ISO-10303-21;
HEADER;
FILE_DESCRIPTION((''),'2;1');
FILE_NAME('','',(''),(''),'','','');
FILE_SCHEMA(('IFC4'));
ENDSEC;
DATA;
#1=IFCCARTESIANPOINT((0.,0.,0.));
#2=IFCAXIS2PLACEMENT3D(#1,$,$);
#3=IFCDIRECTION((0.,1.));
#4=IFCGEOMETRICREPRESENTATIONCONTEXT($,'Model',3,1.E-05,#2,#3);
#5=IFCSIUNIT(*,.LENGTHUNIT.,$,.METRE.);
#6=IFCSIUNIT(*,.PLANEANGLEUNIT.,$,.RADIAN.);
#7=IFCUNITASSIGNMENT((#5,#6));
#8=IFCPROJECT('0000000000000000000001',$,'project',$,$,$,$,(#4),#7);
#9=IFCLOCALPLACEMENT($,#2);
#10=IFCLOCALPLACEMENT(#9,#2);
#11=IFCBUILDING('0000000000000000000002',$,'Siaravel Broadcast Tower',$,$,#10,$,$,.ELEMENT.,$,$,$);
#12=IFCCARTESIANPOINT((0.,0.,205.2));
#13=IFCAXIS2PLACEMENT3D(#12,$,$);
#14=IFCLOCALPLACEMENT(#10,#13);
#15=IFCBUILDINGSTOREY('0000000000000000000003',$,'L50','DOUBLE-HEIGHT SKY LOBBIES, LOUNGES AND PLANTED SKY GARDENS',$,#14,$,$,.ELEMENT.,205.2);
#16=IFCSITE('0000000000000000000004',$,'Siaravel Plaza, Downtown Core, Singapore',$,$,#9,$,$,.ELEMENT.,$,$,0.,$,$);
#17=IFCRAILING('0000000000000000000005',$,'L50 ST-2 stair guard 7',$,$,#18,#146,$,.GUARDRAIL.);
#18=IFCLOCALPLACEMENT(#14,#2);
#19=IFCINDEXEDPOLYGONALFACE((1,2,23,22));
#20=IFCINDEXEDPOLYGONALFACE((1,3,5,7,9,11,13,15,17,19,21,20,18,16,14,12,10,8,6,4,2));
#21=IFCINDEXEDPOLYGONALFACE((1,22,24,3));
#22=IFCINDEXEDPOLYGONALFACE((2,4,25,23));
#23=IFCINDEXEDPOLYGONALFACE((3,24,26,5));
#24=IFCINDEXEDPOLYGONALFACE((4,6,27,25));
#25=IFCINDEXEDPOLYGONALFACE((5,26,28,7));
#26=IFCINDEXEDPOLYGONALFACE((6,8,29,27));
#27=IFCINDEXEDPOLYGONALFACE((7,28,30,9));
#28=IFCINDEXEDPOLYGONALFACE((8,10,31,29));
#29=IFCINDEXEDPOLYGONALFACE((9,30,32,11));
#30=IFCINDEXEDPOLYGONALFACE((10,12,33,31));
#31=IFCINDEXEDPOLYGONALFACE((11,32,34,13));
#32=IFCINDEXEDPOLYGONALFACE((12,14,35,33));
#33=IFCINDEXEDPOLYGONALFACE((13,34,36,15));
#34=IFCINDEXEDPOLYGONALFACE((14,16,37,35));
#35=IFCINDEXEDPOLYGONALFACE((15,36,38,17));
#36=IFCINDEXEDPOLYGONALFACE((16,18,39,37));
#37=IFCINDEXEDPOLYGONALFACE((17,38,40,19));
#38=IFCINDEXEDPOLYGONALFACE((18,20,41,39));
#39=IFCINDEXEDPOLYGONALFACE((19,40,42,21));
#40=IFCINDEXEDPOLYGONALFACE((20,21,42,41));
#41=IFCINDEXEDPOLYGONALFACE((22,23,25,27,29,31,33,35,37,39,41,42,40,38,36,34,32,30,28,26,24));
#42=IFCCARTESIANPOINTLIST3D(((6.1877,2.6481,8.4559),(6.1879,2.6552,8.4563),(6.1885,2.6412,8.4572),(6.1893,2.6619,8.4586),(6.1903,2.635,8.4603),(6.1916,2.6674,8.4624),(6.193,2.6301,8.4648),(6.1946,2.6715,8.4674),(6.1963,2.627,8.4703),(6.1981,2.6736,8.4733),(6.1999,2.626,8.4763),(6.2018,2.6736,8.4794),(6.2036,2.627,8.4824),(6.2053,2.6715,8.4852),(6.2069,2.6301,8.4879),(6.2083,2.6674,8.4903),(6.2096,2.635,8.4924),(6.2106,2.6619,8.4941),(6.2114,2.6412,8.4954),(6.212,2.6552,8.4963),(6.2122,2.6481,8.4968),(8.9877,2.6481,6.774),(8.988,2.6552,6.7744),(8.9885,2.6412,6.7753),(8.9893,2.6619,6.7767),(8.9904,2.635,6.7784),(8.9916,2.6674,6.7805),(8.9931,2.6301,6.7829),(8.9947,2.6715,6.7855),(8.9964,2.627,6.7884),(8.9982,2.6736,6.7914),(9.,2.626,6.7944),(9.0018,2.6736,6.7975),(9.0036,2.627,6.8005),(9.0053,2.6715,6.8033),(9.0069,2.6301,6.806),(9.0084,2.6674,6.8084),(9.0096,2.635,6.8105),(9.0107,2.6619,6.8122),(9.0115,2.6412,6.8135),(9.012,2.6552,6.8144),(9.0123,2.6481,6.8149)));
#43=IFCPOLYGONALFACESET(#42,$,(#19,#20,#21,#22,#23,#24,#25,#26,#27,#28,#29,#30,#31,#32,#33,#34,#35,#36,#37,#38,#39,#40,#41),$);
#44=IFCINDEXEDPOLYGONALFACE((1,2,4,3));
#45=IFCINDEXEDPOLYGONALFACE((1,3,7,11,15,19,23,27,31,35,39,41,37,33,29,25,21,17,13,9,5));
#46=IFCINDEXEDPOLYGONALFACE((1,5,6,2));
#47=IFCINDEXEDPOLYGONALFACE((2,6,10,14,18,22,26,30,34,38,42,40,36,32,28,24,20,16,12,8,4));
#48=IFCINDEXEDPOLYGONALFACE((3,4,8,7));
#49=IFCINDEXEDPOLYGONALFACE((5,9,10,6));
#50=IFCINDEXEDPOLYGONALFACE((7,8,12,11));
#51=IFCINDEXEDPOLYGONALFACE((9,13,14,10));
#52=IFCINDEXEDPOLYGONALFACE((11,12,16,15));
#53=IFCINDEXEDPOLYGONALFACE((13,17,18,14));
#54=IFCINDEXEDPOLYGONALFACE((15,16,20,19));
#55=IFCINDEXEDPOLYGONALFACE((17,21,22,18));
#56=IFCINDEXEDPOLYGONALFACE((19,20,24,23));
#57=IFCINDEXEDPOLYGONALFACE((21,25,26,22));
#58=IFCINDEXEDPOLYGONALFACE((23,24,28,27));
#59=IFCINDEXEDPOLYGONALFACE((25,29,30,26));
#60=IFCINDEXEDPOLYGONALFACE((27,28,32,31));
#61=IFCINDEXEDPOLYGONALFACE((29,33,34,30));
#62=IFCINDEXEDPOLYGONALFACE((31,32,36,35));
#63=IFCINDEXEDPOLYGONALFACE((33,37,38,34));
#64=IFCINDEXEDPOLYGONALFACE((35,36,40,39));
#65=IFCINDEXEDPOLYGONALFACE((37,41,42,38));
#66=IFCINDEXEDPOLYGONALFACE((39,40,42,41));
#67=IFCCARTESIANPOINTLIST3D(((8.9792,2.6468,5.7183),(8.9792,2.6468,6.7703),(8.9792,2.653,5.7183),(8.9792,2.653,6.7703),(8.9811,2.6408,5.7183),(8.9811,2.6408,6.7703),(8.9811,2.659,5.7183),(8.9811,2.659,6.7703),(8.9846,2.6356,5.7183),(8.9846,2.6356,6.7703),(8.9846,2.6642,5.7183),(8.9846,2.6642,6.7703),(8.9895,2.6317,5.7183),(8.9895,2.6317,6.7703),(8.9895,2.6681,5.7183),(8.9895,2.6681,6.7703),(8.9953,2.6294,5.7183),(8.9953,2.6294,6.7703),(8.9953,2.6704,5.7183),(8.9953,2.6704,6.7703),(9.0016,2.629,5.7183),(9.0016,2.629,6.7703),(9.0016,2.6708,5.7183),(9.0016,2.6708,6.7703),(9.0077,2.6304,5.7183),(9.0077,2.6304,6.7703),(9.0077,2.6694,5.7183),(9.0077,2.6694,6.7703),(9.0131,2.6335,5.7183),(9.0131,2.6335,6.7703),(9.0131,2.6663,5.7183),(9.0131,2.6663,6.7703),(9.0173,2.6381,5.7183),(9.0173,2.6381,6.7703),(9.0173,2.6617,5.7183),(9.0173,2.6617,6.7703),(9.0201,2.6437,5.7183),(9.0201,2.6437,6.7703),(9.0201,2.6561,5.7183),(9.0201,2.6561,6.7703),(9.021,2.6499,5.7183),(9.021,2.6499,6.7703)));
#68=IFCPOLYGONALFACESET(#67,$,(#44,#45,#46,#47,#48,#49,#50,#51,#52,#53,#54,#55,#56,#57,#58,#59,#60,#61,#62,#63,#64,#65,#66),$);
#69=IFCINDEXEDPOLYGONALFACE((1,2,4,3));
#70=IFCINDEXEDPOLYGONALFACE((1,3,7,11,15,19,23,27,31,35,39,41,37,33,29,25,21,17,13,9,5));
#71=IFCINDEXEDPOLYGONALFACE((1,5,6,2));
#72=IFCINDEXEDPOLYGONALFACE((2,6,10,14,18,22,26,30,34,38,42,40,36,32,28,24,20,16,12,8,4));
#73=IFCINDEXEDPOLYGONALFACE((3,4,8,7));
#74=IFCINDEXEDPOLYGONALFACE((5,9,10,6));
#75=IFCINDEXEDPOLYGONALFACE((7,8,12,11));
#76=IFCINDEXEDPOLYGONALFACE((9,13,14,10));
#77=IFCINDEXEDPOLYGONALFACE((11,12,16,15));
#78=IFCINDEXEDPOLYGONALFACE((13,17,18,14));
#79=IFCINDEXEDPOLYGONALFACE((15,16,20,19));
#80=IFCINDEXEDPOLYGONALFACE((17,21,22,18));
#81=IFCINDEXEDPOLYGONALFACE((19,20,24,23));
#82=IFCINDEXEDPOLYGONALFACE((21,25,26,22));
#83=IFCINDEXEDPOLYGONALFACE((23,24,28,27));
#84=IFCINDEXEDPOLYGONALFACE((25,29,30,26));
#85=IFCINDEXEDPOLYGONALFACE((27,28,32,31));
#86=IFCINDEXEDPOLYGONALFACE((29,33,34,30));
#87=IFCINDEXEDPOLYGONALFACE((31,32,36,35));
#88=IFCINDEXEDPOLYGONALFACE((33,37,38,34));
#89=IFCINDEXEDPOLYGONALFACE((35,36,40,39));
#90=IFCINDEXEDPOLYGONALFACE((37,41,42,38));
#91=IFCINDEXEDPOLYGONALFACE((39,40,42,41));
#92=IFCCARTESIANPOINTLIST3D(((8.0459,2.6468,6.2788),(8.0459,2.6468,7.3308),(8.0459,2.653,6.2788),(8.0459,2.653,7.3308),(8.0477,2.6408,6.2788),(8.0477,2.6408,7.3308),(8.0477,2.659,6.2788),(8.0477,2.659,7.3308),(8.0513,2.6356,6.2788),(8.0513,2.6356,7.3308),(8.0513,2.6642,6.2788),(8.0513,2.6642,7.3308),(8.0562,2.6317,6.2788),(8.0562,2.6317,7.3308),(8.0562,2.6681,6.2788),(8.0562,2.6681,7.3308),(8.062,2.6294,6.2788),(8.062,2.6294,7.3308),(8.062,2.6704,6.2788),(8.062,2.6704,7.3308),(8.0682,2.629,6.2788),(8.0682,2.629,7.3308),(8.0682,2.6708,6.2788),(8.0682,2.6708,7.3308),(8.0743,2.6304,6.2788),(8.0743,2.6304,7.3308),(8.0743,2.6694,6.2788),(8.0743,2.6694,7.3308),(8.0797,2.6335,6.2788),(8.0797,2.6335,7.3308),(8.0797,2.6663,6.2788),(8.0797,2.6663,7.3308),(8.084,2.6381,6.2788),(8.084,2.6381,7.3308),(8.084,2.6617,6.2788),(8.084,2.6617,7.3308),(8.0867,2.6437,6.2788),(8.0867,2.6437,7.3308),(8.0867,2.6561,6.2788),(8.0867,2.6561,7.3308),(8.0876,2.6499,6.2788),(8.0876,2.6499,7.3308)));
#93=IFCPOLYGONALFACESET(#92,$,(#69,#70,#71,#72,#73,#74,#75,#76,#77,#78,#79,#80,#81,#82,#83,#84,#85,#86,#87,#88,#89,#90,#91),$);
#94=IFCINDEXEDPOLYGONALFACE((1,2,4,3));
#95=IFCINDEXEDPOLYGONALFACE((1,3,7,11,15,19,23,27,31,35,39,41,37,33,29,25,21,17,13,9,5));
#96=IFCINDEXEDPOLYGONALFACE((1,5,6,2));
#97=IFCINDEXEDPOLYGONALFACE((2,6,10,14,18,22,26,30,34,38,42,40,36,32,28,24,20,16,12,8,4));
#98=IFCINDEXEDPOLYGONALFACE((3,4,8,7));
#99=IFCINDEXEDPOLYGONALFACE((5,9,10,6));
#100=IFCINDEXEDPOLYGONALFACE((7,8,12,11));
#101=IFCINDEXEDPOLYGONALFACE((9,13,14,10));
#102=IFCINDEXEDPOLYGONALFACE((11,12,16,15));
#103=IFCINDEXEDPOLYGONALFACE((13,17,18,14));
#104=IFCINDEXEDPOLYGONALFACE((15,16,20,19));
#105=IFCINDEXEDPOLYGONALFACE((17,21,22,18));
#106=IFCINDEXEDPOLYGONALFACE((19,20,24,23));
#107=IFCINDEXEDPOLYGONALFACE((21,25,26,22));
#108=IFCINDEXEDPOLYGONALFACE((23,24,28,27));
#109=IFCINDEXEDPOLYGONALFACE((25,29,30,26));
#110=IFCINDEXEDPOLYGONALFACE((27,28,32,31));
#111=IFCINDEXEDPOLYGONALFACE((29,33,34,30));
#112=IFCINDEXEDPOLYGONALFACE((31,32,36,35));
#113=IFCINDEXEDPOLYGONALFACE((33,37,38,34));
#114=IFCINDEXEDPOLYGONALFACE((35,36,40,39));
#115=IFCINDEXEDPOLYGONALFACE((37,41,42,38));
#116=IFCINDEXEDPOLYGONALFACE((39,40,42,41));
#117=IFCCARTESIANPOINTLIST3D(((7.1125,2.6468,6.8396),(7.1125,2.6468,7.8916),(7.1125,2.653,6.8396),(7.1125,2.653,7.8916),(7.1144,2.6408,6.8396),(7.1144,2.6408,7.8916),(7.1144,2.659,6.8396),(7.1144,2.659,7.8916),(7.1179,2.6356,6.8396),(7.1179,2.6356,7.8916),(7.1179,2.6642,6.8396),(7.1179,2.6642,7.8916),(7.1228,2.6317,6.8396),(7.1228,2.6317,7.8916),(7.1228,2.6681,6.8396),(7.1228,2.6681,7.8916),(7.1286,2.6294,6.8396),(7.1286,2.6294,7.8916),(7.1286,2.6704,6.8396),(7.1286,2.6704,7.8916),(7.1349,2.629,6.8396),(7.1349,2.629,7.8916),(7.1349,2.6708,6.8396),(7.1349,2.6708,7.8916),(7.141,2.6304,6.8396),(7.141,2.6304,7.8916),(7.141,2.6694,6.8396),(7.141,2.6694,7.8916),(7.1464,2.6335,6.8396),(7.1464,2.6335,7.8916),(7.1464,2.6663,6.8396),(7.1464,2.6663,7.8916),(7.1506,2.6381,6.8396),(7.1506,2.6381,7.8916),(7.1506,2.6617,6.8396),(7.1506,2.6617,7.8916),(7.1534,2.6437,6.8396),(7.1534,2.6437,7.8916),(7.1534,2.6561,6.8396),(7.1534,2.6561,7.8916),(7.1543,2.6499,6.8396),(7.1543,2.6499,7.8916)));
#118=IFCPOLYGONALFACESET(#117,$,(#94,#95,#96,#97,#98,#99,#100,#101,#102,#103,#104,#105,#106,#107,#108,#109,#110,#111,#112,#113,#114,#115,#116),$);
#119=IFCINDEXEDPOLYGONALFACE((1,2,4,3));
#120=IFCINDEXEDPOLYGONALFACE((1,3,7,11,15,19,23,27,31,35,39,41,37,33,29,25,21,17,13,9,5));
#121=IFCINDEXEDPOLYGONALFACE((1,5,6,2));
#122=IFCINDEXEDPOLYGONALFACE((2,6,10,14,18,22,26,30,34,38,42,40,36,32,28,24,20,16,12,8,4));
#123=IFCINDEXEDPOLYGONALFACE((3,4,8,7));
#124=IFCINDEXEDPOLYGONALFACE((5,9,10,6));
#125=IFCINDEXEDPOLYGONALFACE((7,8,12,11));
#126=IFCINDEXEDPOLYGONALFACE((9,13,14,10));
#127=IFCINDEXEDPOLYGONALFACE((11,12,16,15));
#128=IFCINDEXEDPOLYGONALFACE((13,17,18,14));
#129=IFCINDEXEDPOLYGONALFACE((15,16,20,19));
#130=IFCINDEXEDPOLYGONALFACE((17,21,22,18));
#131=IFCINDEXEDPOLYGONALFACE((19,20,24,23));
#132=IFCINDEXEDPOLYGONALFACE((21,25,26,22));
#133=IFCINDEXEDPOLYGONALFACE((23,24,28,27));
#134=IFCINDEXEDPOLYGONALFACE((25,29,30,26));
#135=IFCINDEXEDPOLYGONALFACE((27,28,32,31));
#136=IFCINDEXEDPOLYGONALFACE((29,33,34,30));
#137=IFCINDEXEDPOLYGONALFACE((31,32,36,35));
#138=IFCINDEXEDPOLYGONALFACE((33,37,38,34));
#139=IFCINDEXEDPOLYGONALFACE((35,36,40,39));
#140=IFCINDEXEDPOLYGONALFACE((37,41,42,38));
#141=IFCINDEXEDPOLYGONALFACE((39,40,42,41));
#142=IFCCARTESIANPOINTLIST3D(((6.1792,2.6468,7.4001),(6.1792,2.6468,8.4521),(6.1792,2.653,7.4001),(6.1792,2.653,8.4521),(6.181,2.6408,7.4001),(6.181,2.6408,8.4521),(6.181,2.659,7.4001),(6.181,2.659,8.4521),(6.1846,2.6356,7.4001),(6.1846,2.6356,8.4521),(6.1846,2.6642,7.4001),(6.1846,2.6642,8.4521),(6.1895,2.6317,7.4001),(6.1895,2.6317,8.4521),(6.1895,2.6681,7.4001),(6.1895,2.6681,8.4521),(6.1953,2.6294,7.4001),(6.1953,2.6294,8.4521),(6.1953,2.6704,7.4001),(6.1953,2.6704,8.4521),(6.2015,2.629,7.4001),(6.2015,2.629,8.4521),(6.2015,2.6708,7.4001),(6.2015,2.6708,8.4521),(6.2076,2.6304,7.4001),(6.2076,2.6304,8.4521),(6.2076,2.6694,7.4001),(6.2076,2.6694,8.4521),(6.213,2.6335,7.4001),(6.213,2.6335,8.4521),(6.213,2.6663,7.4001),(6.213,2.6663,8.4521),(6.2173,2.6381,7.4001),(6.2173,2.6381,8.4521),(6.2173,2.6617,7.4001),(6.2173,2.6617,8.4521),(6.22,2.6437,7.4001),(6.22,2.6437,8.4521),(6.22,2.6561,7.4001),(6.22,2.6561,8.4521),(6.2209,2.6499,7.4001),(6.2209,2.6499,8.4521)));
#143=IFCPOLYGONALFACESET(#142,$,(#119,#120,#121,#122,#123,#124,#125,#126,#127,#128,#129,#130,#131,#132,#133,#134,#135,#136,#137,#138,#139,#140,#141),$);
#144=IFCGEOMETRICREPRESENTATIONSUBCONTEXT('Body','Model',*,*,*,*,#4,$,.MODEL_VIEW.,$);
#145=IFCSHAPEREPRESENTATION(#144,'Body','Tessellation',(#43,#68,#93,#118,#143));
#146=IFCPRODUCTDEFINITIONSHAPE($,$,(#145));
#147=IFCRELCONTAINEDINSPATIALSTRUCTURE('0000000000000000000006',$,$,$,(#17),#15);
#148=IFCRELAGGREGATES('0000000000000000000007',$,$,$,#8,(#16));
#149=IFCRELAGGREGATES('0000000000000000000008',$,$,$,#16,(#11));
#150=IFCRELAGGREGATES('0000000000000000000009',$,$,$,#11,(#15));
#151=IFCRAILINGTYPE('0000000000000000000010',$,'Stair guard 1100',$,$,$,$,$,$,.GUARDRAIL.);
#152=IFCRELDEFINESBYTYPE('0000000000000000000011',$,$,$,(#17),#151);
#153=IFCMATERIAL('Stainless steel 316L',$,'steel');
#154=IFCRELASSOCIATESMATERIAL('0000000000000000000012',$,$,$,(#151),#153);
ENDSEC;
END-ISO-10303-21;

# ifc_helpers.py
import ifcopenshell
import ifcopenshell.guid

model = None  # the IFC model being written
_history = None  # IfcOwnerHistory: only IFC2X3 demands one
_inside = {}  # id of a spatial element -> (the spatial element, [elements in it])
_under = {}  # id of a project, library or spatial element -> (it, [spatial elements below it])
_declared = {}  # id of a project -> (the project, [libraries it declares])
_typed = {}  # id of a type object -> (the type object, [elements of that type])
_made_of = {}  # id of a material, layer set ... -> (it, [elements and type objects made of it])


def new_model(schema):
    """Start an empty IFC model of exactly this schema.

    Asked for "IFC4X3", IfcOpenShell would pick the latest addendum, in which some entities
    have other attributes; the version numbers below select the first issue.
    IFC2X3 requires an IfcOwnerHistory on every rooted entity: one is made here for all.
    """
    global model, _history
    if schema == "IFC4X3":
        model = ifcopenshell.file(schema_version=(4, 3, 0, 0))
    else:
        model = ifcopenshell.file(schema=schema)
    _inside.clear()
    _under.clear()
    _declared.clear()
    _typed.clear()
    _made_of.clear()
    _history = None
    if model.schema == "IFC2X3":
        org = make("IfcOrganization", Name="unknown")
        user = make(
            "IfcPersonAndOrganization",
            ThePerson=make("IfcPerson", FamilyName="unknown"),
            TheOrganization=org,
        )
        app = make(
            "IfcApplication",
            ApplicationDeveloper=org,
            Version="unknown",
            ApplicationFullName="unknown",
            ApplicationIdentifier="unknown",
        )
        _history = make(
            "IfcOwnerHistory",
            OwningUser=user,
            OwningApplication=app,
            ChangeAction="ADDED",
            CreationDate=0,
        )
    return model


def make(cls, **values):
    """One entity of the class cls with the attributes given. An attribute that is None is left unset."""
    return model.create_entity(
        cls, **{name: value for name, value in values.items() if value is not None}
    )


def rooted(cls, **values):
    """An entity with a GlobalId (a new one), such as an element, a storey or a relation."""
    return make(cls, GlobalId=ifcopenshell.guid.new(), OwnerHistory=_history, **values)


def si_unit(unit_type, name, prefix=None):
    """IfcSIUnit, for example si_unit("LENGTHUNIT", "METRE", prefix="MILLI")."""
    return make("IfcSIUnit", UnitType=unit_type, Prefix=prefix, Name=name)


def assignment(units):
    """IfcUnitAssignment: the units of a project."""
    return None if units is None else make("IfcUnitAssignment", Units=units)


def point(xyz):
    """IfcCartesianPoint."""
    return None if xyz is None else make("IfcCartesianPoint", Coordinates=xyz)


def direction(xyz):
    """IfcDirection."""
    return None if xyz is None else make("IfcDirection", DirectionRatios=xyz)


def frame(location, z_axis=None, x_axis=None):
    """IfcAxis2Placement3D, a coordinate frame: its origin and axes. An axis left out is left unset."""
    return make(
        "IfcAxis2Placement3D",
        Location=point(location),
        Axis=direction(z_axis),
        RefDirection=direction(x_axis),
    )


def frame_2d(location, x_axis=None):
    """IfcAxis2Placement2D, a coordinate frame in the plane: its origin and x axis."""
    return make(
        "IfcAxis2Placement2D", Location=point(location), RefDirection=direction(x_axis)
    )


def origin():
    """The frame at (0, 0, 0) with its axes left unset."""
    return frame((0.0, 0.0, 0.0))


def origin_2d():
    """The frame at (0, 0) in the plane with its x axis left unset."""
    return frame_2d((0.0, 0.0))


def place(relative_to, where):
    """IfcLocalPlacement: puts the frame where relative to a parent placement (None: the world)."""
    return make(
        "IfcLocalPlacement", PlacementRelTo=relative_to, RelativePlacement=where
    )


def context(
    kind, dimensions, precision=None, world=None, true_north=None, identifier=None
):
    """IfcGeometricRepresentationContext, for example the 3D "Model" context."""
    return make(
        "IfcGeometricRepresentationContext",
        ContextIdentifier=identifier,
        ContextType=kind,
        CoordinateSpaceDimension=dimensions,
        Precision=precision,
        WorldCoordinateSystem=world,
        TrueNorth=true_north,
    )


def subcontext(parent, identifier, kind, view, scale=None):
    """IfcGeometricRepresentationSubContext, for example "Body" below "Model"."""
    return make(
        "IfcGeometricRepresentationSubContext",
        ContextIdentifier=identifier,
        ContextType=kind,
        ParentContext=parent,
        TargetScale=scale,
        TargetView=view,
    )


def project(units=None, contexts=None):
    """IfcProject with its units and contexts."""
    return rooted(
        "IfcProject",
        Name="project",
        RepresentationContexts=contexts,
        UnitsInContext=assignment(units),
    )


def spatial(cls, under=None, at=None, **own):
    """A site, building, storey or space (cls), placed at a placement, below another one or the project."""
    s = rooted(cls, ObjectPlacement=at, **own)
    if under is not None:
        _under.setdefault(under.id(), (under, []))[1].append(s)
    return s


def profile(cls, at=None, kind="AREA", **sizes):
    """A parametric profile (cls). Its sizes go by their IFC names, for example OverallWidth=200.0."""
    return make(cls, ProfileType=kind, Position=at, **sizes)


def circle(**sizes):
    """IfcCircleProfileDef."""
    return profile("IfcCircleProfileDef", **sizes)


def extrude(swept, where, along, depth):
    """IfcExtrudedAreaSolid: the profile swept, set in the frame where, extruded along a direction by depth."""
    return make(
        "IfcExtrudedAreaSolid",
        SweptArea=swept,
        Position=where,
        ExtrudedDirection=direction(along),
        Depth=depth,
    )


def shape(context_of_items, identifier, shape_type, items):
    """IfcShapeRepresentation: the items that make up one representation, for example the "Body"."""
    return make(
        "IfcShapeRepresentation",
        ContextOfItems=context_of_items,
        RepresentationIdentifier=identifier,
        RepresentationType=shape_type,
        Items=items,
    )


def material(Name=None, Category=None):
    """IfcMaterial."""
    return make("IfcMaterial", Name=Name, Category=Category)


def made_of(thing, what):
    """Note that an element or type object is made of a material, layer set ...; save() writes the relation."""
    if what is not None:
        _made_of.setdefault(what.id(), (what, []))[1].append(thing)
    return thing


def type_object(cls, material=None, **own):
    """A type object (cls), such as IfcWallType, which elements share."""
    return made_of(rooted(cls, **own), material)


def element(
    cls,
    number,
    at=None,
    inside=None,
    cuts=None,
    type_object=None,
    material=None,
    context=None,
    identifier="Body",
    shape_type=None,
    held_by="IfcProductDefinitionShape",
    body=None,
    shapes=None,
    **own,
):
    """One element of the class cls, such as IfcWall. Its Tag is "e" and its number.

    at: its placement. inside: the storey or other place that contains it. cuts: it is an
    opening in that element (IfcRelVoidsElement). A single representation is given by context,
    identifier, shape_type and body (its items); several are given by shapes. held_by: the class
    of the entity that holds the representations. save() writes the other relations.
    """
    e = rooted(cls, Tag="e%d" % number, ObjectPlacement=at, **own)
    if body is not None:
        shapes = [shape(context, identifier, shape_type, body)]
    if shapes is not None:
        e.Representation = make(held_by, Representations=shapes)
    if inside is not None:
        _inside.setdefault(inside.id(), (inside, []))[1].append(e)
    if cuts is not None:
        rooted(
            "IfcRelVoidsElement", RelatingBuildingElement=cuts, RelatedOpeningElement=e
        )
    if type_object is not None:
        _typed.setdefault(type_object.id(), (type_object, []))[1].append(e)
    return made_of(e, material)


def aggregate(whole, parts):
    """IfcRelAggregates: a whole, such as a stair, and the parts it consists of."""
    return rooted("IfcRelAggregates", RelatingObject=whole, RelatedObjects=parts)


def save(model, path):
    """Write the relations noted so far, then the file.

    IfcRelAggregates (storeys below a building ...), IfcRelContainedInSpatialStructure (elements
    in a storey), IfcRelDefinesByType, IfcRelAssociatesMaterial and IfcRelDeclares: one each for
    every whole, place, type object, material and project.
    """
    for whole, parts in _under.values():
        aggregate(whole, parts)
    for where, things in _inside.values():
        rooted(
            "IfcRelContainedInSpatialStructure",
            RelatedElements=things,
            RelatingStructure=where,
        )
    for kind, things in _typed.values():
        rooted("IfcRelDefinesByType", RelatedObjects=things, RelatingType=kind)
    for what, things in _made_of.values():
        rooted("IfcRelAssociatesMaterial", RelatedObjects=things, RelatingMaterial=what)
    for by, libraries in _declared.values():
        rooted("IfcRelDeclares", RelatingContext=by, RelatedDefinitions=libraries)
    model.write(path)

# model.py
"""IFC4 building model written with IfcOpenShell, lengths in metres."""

from ifc_helpers import new_model, si_unit, direction, frame, origin, origin_2d, place, context, subcontext, project, spatial, circle, extrude, material, type_object, element, save


model = new_model("IFC4")

# Units and contexts
model_context = context("Model", 3, precision=1e-05, world=origin(), true_north=direction((0.0, 1.0)))
body_context = subcontext(model_context, "Body", "Model", "MODEL_VIEW")
ifc_project = project(units=[si_unit("LENGTHUNIT", "METRE"), si_unit("PLANEANGLEUNIT", "RADIAN")], contexts=[model_context])

# Site, building, storey
site_placement = place(None, origin())
site = spatial("IfcSite", under=ifc_project, at=site_placement, Name="Siaravel Plaza, Downtown Core, Singapore", CompositionType="ELEMENT", RefElevation=0.0)
building_placement = place(site_placement, origin())
building = spatial("IfcBuilding", under=site, at=building_placement, Name="Siaravel Broadcast Tower", CompositionType="ELEMENT")
storey_placement = place(building_placement, frame((0.0, 0.0, 205.2)))
storey = spatial("IfcBuildingStorey", under=building, at=storey_placement, Name="L50", Description="DOUBLE-HEIGHT SKY LOBBIES, LOUNGES AND PLANTED SKY GARDENS", CompositionType="ELEMENT", Elevation=205.2)

# Railing
ifc_material_1 = material(Name="Stainless steel 316L", Category="steel")
railing_type_1 = type_object("IfcRailingType", Name="Stair guard 1100", PredefinedType="GUARDRAIL", material=ifc_material_1)
railing_1_placement = place(storey_placement, frame((9.0, 2.6499, 5.7183)))
element("IfcRailing", 1, at=railing_1_placement, inside=storey, type_object=railing_type_1, Name="L50 ST-2 stair guard 7", PredefinedType="GUARDRAIL", context=body_context, shape_type="SweptSolid", body=[
    extrude(circle(Radius=0.0239, at=origin_2d()), frame((0.0, 0.0, 1.0762), z_axis=(-0.857242, 0.0, 0.514913), x_axis=(0.0, -1.0, 0.0)), (0.0, 0.0, 1.0), 3.2664),
    extrude(circle(Radius=0.021, at=origin_2d()), origin(), (0.0, 0.0, 1.0), 1.052),
    extrude(circle(Radius=0.021, at=origin_2d()), frame((-0.9333, 0.0, 0.5605)), (0.0, 0.0, 1.0), 1.052),
    extrude(circle(Radius=0.021, at=origin_2d()), frame((-1.8667, 0.0, 1.1213)), (0.0, 0.0, 1.0), 1.052),
    extrude(circle(Radius=0.021, at=origin_2d()), frame((-2.8, 0.0, 1.6819)), (0.0, 0.0, 1.0), 1.052),
])

save(model, "model.ifc")
